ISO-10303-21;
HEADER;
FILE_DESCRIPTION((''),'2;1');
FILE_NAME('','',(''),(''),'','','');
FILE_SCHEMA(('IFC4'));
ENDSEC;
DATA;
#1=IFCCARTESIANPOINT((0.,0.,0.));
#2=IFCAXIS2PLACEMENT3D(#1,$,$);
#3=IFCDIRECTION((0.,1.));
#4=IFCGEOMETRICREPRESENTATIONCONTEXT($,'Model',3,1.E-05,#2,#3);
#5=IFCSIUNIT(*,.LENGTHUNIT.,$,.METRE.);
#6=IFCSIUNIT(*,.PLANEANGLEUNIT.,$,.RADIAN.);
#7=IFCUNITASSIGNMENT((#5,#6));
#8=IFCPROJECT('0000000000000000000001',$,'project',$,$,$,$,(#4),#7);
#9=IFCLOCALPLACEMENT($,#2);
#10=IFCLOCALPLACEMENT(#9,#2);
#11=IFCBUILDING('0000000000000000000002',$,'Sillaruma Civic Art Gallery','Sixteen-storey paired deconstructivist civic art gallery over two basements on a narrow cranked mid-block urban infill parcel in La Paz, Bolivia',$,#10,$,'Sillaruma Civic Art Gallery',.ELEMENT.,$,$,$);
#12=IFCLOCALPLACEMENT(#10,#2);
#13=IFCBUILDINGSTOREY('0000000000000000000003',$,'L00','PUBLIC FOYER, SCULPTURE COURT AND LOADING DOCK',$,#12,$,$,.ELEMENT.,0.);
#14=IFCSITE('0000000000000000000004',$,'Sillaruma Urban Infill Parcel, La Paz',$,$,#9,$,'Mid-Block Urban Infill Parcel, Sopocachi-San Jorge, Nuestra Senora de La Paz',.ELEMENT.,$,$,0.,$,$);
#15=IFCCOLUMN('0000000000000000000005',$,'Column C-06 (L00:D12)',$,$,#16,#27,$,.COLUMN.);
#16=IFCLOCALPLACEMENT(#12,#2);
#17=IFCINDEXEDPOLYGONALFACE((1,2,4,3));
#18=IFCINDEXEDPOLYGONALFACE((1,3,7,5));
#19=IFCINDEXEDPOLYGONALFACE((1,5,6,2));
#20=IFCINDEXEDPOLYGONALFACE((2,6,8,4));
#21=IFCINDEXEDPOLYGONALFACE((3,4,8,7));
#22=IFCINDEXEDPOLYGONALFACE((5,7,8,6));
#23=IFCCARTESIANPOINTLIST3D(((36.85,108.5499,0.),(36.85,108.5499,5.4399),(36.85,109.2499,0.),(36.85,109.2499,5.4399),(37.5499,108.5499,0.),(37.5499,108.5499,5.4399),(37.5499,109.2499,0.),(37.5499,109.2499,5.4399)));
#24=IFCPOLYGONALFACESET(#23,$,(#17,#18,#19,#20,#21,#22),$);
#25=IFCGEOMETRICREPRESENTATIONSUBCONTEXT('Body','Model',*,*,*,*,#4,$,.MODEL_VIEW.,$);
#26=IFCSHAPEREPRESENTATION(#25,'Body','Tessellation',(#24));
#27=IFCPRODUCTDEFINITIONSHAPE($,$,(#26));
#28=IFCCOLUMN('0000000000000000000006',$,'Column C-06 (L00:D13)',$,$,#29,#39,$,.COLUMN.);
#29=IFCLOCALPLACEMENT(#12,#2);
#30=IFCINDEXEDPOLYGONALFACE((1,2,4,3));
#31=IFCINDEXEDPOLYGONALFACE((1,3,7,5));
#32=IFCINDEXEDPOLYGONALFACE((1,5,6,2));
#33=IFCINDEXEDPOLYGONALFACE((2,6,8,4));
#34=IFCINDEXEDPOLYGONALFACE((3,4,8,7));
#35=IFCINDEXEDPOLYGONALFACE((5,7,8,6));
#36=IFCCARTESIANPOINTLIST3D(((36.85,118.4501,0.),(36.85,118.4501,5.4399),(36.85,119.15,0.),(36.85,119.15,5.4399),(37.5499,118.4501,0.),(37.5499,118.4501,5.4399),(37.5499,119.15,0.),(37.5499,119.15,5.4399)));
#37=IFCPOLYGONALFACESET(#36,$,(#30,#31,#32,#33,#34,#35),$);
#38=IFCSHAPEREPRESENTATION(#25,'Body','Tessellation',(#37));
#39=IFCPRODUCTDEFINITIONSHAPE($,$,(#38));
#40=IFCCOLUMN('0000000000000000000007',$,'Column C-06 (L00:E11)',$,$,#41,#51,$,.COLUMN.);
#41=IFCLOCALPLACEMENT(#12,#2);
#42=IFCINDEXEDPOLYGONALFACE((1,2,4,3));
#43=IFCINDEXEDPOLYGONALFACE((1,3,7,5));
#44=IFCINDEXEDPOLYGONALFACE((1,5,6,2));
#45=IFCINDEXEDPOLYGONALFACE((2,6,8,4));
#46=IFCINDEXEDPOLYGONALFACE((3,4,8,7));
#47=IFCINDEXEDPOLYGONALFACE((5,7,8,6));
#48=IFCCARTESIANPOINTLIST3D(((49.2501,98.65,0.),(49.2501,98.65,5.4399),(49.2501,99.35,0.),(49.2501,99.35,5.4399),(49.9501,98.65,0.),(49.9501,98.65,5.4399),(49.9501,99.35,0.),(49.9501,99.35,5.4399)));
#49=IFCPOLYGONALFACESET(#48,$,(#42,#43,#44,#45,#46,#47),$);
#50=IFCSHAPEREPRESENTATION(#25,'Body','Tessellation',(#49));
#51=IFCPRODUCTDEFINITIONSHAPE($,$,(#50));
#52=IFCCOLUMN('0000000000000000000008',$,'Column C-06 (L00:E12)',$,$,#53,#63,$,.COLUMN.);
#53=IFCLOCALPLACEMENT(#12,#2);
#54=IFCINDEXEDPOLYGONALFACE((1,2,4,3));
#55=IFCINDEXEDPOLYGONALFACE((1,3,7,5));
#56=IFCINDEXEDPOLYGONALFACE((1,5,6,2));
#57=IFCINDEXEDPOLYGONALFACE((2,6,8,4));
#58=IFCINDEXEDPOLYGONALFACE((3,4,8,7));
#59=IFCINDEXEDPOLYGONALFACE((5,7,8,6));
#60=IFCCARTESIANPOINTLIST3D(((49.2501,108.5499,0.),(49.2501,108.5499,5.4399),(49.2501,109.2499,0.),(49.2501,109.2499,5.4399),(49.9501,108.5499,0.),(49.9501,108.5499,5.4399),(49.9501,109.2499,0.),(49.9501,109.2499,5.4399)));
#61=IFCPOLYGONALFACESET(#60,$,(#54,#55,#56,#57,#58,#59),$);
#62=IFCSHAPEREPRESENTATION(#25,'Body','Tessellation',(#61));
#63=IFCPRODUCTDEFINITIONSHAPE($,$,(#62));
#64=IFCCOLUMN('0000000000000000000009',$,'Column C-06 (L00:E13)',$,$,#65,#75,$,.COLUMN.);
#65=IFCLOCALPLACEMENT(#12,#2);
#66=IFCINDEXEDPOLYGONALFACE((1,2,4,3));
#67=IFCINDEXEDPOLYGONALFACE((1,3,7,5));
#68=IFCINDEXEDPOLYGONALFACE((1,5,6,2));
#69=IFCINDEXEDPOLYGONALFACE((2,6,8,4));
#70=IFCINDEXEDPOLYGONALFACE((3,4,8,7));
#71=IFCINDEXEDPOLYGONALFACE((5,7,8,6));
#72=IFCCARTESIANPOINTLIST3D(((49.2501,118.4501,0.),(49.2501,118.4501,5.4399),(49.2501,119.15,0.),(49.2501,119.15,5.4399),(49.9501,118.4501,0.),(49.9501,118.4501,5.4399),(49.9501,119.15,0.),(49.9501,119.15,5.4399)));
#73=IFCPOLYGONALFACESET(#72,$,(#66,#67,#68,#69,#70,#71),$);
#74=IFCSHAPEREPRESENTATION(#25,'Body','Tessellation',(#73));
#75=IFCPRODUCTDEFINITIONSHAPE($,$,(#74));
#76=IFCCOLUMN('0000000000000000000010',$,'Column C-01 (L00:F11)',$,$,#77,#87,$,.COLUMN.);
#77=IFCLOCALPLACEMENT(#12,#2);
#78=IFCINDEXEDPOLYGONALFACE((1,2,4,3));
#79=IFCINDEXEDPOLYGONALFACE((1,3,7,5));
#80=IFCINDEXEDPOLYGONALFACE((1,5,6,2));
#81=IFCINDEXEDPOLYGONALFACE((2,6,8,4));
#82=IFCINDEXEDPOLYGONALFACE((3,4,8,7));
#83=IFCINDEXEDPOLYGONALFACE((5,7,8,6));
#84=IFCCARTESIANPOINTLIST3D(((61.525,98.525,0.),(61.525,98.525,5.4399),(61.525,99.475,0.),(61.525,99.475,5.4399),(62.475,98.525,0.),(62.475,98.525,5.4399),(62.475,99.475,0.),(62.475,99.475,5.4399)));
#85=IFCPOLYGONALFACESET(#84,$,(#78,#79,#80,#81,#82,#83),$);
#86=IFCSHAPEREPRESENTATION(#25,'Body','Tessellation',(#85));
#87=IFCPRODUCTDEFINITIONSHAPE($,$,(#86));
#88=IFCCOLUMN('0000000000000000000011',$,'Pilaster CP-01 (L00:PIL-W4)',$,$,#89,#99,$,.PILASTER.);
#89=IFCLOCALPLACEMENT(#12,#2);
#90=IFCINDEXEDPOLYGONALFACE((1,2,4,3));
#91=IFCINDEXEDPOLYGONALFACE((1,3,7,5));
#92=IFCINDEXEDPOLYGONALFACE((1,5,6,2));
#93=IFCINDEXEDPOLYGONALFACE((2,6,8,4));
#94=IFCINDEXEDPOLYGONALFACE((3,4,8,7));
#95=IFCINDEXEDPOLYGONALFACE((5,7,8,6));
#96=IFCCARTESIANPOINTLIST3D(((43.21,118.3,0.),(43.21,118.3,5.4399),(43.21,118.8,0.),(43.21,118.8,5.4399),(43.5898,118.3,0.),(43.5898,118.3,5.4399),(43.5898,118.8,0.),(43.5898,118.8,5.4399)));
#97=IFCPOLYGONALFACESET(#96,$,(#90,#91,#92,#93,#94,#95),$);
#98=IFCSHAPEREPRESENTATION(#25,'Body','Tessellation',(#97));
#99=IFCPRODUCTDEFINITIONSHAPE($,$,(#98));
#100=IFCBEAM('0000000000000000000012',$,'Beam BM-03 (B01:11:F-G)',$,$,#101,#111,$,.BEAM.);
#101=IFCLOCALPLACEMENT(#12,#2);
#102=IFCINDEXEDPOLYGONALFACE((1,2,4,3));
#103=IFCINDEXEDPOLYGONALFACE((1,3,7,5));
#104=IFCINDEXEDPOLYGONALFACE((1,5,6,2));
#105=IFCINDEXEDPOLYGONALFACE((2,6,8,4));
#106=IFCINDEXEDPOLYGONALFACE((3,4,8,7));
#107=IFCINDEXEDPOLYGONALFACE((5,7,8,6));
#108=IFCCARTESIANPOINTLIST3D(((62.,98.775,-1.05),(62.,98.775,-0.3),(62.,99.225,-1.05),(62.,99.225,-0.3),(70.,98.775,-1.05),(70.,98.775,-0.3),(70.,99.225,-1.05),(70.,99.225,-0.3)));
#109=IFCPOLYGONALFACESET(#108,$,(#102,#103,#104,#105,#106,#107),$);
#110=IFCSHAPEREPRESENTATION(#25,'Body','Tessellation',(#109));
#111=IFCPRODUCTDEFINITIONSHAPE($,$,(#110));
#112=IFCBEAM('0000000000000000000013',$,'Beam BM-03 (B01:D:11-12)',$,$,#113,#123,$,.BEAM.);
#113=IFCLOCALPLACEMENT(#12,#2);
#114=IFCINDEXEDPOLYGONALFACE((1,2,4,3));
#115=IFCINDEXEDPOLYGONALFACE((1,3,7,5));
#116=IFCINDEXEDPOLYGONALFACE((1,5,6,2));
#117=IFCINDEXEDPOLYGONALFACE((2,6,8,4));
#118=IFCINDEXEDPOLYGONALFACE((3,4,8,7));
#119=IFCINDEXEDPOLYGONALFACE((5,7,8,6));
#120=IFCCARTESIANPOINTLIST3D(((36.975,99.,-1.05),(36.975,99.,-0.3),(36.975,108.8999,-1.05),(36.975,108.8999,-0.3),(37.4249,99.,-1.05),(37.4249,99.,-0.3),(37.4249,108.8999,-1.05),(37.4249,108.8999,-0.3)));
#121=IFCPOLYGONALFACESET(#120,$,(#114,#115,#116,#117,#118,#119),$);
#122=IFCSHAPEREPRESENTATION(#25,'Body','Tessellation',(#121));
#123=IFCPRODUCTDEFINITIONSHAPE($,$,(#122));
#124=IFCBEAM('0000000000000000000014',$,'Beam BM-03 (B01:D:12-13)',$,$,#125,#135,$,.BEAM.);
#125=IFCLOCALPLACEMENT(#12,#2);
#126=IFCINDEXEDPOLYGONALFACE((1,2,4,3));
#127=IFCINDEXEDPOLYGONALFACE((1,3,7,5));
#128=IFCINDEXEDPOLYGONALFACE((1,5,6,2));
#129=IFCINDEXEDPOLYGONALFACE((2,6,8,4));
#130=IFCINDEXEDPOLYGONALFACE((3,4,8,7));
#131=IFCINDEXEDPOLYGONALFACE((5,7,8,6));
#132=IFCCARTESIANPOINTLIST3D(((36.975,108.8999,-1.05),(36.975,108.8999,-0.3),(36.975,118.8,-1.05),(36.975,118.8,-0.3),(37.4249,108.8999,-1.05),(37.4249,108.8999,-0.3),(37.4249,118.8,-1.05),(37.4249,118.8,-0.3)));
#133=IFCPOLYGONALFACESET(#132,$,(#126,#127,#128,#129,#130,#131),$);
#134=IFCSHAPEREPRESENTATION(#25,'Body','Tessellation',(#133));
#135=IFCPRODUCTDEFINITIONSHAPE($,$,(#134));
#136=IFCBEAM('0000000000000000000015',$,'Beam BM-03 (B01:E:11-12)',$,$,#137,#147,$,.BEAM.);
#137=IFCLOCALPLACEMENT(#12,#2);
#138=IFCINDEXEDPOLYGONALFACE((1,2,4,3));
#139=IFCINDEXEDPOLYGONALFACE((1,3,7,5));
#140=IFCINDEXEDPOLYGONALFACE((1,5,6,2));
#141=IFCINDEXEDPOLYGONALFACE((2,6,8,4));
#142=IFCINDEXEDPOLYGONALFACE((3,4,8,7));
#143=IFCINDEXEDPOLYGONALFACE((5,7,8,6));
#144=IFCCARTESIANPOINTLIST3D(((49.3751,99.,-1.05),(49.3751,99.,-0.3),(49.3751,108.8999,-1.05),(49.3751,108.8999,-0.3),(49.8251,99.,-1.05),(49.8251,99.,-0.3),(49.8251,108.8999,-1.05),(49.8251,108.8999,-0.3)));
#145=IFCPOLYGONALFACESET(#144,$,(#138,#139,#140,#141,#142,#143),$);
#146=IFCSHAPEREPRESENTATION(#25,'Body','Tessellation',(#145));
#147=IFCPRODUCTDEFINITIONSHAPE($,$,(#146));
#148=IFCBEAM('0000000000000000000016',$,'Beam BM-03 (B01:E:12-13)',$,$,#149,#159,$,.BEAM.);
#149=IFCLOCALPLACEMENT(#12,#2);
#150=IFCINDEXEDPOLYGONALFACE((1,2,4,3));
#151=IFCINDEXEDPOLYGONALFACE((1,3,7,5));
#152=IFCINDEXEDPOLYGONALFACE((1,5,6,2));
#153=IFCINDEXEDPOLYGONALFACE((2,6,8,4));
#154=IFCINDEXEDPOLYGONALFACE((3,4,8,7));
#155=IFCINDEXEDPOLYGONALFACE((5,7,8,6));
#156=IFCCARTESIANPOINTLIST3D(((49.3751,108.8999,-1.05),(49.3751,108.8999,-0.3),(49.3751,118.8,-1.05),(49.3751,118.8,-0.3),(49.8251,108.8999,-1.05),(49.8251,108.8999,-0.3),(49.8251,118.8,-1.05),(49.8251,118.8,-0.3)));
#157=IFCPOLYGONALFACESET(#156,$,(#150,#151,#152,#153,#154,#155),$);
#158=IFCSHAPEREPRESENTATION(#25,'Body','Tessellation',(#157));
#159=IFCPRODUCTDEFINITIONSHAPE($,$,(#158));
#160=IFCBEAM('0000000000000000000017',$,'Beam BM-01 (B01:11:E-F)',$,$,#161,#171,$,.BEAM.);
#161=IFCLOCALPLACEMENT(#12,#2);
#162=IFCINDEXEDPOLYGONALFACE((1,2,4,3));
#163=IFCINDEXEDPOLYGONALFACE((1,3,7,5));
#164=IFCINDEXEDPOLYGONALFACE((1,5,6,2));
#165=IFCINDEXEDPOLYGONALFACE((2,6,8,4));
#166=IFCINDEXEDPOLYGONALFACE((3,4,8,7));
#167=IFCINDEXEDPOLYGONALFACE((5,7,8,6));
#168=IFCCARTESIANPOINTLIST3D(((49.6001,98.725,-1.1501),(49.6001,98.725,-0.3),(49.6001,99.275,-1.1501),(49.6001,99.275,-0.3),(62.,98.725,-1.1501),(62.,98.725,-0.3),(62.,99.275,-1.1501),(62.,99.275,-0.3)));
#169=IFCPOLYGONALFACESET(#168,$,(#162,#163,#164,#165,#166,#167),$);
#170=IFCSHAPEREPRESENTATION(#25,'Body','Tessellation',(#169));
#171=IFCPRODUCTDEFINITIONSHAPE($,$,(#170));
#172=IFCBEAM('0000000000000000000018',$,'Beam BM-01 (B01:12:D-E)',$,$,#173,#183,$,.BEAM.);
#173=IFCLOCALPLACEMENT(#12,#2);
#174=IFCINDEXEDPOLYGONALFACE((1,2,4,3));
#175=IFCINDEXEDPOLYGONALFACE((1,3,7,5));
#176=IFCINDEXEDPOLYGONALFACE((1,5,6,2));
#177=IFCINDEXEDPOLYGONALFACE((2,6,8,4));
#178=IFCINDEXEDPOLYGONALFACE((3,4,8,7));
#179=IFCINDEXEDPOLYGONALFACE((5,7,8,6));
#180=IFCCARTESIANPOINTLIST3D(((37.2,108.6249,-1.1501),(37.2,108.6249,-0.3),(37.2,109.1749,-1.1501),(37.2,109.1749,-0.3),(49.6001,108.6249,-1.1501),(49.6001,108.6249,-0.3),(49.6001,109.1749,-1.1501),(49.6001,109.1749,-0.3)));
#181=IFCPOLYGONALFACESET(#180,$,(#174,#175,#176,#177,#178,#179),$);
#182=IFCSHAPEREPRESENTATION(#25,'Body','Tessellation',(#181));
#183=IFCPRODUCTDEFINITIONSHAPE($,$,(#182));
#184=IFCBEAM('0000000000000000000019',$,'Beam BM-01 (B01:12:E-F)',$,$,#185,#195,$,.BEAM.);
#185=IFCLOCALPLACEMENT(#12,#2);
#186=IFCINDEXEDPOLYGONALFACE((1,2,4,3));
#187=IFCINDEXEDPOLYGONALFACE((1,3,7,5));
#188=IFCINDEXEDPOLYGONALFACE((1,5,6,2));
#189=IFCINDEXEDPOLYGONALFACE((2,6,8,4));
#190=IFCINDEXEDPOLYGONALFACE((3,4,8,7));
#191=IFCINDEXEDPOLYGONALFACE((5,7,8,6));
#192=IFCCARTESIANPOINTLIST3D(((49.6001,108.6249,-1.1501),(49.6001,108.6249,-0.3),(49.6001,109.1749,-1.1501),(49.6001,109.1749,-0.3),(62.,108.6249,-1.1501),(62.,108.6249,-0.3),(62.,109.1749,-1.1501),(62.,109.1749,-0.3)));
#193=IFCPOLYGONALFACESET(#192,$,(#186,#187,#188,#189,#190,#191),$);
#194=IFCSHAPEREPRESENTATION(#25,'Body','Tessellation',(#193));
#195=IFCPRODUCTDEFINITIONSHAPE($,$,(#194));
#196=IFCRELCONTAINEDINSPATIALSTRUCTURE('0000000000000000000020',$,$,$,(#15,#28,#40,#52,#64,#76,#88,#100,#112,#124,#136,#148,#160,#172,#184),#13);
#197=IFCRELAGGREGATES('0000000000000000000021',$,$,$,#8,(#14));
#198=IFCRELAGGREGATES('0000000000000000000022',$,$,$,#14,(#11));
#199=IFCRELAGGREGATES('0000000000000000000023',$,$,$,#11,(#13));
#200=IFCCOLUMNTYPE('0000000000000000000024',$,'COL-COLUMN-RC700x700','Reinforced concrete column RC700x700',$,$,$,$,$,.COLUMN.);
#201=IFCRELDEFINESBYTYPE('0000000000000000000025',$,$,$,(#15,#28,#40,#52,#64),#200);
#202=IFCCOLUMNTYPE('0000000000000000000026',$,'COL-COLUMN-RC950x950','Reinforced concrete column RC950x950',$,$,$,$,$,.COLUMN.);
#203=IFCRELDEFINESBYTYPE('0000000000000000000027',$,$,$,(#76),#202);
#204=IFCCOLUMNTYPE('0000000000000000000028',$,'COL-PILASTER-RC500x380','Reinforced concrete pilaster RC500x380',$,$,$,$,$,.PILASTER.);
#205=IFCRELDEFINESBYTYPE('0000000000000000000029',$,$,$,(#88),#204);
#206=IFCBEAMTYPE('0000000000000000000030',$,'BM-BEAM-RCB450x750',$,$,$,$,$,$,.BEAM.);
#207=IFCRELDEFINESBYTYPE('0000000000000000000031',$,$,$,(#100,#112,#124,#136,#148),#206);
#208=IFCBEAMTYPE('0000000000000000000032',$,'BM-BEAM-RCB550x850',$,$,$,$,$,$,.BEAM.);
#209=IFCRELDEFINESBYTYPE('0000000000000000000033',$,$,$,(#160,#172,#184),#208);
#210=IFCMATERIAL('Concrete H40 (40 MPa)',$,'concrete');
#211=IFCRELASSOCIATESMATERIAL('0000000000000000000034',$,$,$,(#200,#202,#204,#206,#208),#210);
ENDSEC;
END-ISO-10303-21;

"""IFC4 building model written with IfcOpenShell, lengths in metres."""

from ifc_helpers import new_model, si_unit, direction, frame, origin, origin_2d, place, context, subcontext, project, spatial, rectangle, extrude, material, material_profile, profile_set, type_object, element, save


model = new_model("IFC4")

# Units and contexts
model_context = context("Model", 3, precision=1e-05, world=origin(), true_north=direction((0.0, 1.0)))
body_context = subcontext(model_context, "Body", "Model", "MODEL_VIEW")
ifc_project = project(units=[si_unit("LENGTHUNIT", "METRE"), si_unit("PLANEANGLEUNIT", "RADIAN")], contexts=[model_context])

# Site, building, storey
site_placement = place(None, origin())
site = spatial("IfcSite", under=ifc_project, at=site_placement, Name="Sillaruma Urban Infill Parcel, La Paz", LongName="Mid-Block Urban Infill Parcel, Sopocachi-San Jorge, Nuestra Senora de La Paz", CompositionType="ELEMENT", RefElevation=0.0)
building_placement = place(site_placement, origin())
building = spatial("IfcBuilding", under=site, at=building_placement, Name="Sillaruma Civic Art Gallery", Description="Sixteen-storey paired deconstructivist civic art gallery over two basements on a narrow cranked mid-block urban infill parcel in La Paz, Bolivia", LongName="Sillaruma Civic Art Gallery", CompositionType="ELEMENT")
storey_placement = place(building_placement, origin())
storey = spatial("IfcBuildingStorey", under=building, at=storey_placement, Name="L00", Description="PUBLIC FOYER, SCULPTURE COURT AND LOADING DOCK", CompositionType="ELEMENT", Elevation=0.0)

# Columns
ifc_material_1 = material(Name="Concrete H40 (40 MPa)", Category="concrete")
ifc_material_profile_1 = material_profile(ifc_material_1, rectangle(XDim=0.7, YDim=0.7, at=origin_2d()), Name="RC700x700")
ifc_profile_set_1 = profile_set([ifc_material_profile_1], Name="Concrete H40 (40 MPa)")
column_type_1 = type_object("IfcColumnType", Name="COL-COLUMN-RC700x700", Description="Reinforced concrete column RC700x700", PredefinedType="COLUMN", material=ifc_profile_set_1)
for number, where, z_axis, x_axis, name in (
    (1, (37.2, 108.8999, 0.0), (0.0, 0.0, 1.0), (1.0, 0.0, 0.0), "Column C-06 (L00:D12)"),
    (2, (37.2, 118.8, 0.0), (0.0, 0.0, 1.0), (1.0, 0.0, 0.0), "Column C-06 (L00:D13)"),
    (3, (49.6001, 99.0, 0.0), (0.0, 0.0, 1.0), (1.0, 0.0, 0.0), "Column C-06 (L00:E11)"),
    (4, (49.6001, 108.8999, 0.0), (0.0, 0.0, 1.0), (1.0, 0.0, 0.0), "Column C-06 (L00:E12)"),
    (5, (49.6001, 118.8, 0.0), (0.0, 0.0, 1.0), (1.0, 0.0, 0.0), "Column C-06 (L00:E13)"),
):
    element("IfcColumn", number, at=place(storey_placement, frame(where, z_axis=z_axis, x_axis=x_axis)), inside=storey, type_object=column_type_1, Name=name, PredefinedType="COLUMN", context=body_context, shape_type="SweptSolid", body=[
        extrude(rectangle(XDim=0.7, YDim=0.7, at=origin_2d()), origin(), (0.0, 0.0, 1.0), 5.4399),
    ])
ifc_material_profile_2 = material_profile(ifc_material_1, rectangle(XDim=0.95, YDim=0.95, at=origin_2d()), Name="RC950x950")
ifc_profile_set_2 = profile_set([ifc_material_profile_2], Name="Concrete H40 (40 MPa)")
column_type_2 = type_object("IfcColumnType", Name="COL-COLUMN-RC950x950", Description="Reinforced concrete column RC950x950", PredefinedType="COLUMN", material=ifc_profile_set_2)
column_1_placement = place(storey_placement, frame((62.0, 99.0, 0.0), z_axis=(0.0, 0.0, 1.0), x_axis=(1.0, 0.0, 0.0)))
element("IfcColumn", 6, at=column_1_placement, inside=storey, type_object=column_type_2, Name="Column C-01 (L00:F11)", PredefinedType="COLUMN", context=body_context, shape_type="SweptSolid", body=[
    extrude(rectangle(XDim=0.95, YDim=0.95, at=origin_2d()), origin(), (0.0, 0.0, 1.0), 5.4399),
])
ifc_material_profile_3 = material_profile(ifc_material_1, rectangle(XDim=0.3799, YDim=0.5, at=origin_2d()), Name="RC500x380")
ifc_profile_set_3 = profile_set([ifc_material_profile_3], Name="Concrete H40 (40 MPa)")
column_type_3 = type_object("IfcColumnType", Name="COL-PILASTER-RC500x380", Description="Reinforced concrete pilaster RC500x380", PredefinedType="PILASTER", material=ifc_profile_set_3)
column_2_placement = place(storey_placement, frame((43.3999, 118.55, 0.0), z_axis=(0.0, 0.0, 1.0), x_axis=(1.0, 0.0, 0.0)))
element("IfcColumn", 7, at=column_2_placement, inside=storey, type_object=column_type_3, Name="Pilaster CP-01 (L00:PIL-W4)", PredefinedType="PILASTER", context=body_context, shape_type="SweptSolid", body=[
    extrude(rectangle(XDim=0.3799, YDim=0.5, at=origin_2d()), origin(), (0.0, 0.0, 1.0), 5.4399),
])

# Beams
ifc_material_profile_4 = material_profile(ifc_material_1, rectangle(XDim=0.45, YDim=0.75, at=origin_2d()), Name="RCB450x750")
ifc_profile_set_4 = profile_set([ifc_material_profile_4], Name="Concrete H40 (40 MPa)")
beam_type_1 = type_object("IfcBeamType", Name="BM-BEAM-RCB450x750", PredefinedType="BEAM", material=ifc_profile_set_4)
beam_1_placement = place(storey_placement, frame((62.0, 99.0, -0.675), z_axis=(1.0, 0.0, 0.0), x_axis=(0.0, 1.0, 0.0)))
element("IfcBeam", 8, at=beam_1_placement, inside=storey, type_object=beam_type_1, Name="Beam BM-03 (B01:11:F-G)", PredefinedType="BEAM", context=body_context, shape_type="SweptSolid", body=[
    extrude(rectangle(XDim=0.45, YDim=0.75, at=origin_2d()), origin(), (0.0, 0.0, 1.0), 8.0),
])
beam_2_placement = place(storey_placement, frame((37.2, 99.0, -0.675), z_axis=(0.0, 1.0, 0.0), x_axis=(-1.0, 0.0, 0.0)))
element("IfcBeam", 9, at=beam_2_placement, inside=storey, type_object=beam_type_1, Name="Beam BM-03 (B01:D:11-12)", PredefinedType="BEAM", context=body_context, shape_type="SweptSolid", body=[
    extrude(rectangle(XDim=0.45, YDim=0.75, at=origin_2d()), origin(), (0.0, 0.0, 1.0), 9.8999),
])
beam_3_placement = place(storey_placement, frame((37.2, 108.8999, -0.675), z_axis=(0.0, 1.0, 0.0), x_axis=(-1.0, 0.0, 0.0)))
element("IfcBeam", 10, at=beam_3_placement, inside=storey, type_object=beam_type_1, Name="Beam BM-03 (B01:D:12-13)", PredefinedType="BEAM", context=body_context, shape_type="SweptSolid", body=[
    extrude(rectangle(XDim=0.45, YDim=0.75, at=origin_2d()), origin(), (0.0, 0.0, 1.0), 9.9001),
])
beam_4_placement = place(storey_placement, frame((49.6001, 99.0, -0.675), z_axis=(0.0, 1.0, 0.0), x_axis=(-1.0, 0.0, 0.0)))
element("IfcBeam", 11, at=beam_4_placement, inside=storey, type_object=beam_type_1, Name="Beam BM-03 (B01:E:11-12)", PredefinedType="BEAM", context=body_context, shape_type="SweptSolid", body=[
    extrude(rectangle(XDim=0.45, YDim=0.75, at=origin_2d()), origin(), (0.0, 0.0, 1.0), 9.8999),
])
beam_5_placement = place(storey_placement, frame((49.6001, 108.8999, -0.675), z_axis=(0.0, 1.0, 0.0), x_axis=(-1.0, 0.0, 0.0)))
element("IfcBeam", 12, at=beam_5_placement, inside=storey, type_object=beam_type_1, Name="Beam BM-03 (B01:E:12-13)", PredefinedType="BEAM", context=body_context, shape_type="SweptSolid", body=[
    extrude(rectangle(XDim=0.45, YDim=0.75, at=origin_2d()), origin(), (0.0, 0.0, 1.0), 9.9001),
])
ifc_material_profile_5 = material_profile(ifc_material_1, rectangle(XDim=0.55, YDim=0.8501, at=origin_2d()), Name="RCB550x850")
ifc_profile_set_5 = profile_set([ifc_material_profile_5], Name="Concrete H40 (40 MPa)")
beam_type_2 = type_object("IfcBeamType", Name="BM-BEAM-RCB550x850", PredefinedType="BEAM", material=ifc_profile_set_5)
beam_6_placement = place(storey_placement, frame((49.6001, 99.0, -0.7251), z_axis=(1.0, 0.0, 0.0), x_axis=(0.0, 1.0, 0.0)))
element("IfcBeam", 13, at=beam_6_placement, inside=storey, type_object=beam_type_2, Name="Beam BM-01 (B01:11:E-F)", PredefinedType="BEAM", context=body_context, shape_type="SweptSolid", body=[
    extrude(rectangle(XDim=0.55, YDim=0.8501, at=origin_2d()), origin(), (0.0, 0.0, 1.0), 12.3999),
])
beam_7_placement = place(storey_placement, frame((37.2, 108.8999, -0.7251), z_axis=(1.0, 0.0, 0.0), x_axis=(0.0, 1.0, 0.0)))
element("IfcBeam", 14, at=beam_7_placement, inside=storey, type_object=beam_type_2, Name="Beam BM-01 (B01:12:D-E)", PredefinedType="BEAM", context=body_context, shape_type="SweptSolid", body=[
    extrude(rectangle(XDim=0.55, YDim=0.8501, at=origin_2d()), origin(), (0.0, 0.0, 1.0), 12.4001),
])
beam_8_placement = place(storey_placement, frame((49.6001, 108.8999, -0.7251), z_axis=(1.0, 0.0, 0.0), x_axis=(0.0, 1.0, 0.0)))
element("IfcBeam", 15, at=beam_8_placement, inside=storey, type_object=beam_type_2, Name="Beam BM-01 (B01:12:E-F)", PredefinedType="BEAM", context=body_context, shape_type="SweptSolid", body=[
    extrude(rectangle(XDim=0.55, YDim=0.8501, at=origin_2d()), origin(), (0.0, 0.0, 1.0), 12.3999),
])

save(model, "model.ifc")
